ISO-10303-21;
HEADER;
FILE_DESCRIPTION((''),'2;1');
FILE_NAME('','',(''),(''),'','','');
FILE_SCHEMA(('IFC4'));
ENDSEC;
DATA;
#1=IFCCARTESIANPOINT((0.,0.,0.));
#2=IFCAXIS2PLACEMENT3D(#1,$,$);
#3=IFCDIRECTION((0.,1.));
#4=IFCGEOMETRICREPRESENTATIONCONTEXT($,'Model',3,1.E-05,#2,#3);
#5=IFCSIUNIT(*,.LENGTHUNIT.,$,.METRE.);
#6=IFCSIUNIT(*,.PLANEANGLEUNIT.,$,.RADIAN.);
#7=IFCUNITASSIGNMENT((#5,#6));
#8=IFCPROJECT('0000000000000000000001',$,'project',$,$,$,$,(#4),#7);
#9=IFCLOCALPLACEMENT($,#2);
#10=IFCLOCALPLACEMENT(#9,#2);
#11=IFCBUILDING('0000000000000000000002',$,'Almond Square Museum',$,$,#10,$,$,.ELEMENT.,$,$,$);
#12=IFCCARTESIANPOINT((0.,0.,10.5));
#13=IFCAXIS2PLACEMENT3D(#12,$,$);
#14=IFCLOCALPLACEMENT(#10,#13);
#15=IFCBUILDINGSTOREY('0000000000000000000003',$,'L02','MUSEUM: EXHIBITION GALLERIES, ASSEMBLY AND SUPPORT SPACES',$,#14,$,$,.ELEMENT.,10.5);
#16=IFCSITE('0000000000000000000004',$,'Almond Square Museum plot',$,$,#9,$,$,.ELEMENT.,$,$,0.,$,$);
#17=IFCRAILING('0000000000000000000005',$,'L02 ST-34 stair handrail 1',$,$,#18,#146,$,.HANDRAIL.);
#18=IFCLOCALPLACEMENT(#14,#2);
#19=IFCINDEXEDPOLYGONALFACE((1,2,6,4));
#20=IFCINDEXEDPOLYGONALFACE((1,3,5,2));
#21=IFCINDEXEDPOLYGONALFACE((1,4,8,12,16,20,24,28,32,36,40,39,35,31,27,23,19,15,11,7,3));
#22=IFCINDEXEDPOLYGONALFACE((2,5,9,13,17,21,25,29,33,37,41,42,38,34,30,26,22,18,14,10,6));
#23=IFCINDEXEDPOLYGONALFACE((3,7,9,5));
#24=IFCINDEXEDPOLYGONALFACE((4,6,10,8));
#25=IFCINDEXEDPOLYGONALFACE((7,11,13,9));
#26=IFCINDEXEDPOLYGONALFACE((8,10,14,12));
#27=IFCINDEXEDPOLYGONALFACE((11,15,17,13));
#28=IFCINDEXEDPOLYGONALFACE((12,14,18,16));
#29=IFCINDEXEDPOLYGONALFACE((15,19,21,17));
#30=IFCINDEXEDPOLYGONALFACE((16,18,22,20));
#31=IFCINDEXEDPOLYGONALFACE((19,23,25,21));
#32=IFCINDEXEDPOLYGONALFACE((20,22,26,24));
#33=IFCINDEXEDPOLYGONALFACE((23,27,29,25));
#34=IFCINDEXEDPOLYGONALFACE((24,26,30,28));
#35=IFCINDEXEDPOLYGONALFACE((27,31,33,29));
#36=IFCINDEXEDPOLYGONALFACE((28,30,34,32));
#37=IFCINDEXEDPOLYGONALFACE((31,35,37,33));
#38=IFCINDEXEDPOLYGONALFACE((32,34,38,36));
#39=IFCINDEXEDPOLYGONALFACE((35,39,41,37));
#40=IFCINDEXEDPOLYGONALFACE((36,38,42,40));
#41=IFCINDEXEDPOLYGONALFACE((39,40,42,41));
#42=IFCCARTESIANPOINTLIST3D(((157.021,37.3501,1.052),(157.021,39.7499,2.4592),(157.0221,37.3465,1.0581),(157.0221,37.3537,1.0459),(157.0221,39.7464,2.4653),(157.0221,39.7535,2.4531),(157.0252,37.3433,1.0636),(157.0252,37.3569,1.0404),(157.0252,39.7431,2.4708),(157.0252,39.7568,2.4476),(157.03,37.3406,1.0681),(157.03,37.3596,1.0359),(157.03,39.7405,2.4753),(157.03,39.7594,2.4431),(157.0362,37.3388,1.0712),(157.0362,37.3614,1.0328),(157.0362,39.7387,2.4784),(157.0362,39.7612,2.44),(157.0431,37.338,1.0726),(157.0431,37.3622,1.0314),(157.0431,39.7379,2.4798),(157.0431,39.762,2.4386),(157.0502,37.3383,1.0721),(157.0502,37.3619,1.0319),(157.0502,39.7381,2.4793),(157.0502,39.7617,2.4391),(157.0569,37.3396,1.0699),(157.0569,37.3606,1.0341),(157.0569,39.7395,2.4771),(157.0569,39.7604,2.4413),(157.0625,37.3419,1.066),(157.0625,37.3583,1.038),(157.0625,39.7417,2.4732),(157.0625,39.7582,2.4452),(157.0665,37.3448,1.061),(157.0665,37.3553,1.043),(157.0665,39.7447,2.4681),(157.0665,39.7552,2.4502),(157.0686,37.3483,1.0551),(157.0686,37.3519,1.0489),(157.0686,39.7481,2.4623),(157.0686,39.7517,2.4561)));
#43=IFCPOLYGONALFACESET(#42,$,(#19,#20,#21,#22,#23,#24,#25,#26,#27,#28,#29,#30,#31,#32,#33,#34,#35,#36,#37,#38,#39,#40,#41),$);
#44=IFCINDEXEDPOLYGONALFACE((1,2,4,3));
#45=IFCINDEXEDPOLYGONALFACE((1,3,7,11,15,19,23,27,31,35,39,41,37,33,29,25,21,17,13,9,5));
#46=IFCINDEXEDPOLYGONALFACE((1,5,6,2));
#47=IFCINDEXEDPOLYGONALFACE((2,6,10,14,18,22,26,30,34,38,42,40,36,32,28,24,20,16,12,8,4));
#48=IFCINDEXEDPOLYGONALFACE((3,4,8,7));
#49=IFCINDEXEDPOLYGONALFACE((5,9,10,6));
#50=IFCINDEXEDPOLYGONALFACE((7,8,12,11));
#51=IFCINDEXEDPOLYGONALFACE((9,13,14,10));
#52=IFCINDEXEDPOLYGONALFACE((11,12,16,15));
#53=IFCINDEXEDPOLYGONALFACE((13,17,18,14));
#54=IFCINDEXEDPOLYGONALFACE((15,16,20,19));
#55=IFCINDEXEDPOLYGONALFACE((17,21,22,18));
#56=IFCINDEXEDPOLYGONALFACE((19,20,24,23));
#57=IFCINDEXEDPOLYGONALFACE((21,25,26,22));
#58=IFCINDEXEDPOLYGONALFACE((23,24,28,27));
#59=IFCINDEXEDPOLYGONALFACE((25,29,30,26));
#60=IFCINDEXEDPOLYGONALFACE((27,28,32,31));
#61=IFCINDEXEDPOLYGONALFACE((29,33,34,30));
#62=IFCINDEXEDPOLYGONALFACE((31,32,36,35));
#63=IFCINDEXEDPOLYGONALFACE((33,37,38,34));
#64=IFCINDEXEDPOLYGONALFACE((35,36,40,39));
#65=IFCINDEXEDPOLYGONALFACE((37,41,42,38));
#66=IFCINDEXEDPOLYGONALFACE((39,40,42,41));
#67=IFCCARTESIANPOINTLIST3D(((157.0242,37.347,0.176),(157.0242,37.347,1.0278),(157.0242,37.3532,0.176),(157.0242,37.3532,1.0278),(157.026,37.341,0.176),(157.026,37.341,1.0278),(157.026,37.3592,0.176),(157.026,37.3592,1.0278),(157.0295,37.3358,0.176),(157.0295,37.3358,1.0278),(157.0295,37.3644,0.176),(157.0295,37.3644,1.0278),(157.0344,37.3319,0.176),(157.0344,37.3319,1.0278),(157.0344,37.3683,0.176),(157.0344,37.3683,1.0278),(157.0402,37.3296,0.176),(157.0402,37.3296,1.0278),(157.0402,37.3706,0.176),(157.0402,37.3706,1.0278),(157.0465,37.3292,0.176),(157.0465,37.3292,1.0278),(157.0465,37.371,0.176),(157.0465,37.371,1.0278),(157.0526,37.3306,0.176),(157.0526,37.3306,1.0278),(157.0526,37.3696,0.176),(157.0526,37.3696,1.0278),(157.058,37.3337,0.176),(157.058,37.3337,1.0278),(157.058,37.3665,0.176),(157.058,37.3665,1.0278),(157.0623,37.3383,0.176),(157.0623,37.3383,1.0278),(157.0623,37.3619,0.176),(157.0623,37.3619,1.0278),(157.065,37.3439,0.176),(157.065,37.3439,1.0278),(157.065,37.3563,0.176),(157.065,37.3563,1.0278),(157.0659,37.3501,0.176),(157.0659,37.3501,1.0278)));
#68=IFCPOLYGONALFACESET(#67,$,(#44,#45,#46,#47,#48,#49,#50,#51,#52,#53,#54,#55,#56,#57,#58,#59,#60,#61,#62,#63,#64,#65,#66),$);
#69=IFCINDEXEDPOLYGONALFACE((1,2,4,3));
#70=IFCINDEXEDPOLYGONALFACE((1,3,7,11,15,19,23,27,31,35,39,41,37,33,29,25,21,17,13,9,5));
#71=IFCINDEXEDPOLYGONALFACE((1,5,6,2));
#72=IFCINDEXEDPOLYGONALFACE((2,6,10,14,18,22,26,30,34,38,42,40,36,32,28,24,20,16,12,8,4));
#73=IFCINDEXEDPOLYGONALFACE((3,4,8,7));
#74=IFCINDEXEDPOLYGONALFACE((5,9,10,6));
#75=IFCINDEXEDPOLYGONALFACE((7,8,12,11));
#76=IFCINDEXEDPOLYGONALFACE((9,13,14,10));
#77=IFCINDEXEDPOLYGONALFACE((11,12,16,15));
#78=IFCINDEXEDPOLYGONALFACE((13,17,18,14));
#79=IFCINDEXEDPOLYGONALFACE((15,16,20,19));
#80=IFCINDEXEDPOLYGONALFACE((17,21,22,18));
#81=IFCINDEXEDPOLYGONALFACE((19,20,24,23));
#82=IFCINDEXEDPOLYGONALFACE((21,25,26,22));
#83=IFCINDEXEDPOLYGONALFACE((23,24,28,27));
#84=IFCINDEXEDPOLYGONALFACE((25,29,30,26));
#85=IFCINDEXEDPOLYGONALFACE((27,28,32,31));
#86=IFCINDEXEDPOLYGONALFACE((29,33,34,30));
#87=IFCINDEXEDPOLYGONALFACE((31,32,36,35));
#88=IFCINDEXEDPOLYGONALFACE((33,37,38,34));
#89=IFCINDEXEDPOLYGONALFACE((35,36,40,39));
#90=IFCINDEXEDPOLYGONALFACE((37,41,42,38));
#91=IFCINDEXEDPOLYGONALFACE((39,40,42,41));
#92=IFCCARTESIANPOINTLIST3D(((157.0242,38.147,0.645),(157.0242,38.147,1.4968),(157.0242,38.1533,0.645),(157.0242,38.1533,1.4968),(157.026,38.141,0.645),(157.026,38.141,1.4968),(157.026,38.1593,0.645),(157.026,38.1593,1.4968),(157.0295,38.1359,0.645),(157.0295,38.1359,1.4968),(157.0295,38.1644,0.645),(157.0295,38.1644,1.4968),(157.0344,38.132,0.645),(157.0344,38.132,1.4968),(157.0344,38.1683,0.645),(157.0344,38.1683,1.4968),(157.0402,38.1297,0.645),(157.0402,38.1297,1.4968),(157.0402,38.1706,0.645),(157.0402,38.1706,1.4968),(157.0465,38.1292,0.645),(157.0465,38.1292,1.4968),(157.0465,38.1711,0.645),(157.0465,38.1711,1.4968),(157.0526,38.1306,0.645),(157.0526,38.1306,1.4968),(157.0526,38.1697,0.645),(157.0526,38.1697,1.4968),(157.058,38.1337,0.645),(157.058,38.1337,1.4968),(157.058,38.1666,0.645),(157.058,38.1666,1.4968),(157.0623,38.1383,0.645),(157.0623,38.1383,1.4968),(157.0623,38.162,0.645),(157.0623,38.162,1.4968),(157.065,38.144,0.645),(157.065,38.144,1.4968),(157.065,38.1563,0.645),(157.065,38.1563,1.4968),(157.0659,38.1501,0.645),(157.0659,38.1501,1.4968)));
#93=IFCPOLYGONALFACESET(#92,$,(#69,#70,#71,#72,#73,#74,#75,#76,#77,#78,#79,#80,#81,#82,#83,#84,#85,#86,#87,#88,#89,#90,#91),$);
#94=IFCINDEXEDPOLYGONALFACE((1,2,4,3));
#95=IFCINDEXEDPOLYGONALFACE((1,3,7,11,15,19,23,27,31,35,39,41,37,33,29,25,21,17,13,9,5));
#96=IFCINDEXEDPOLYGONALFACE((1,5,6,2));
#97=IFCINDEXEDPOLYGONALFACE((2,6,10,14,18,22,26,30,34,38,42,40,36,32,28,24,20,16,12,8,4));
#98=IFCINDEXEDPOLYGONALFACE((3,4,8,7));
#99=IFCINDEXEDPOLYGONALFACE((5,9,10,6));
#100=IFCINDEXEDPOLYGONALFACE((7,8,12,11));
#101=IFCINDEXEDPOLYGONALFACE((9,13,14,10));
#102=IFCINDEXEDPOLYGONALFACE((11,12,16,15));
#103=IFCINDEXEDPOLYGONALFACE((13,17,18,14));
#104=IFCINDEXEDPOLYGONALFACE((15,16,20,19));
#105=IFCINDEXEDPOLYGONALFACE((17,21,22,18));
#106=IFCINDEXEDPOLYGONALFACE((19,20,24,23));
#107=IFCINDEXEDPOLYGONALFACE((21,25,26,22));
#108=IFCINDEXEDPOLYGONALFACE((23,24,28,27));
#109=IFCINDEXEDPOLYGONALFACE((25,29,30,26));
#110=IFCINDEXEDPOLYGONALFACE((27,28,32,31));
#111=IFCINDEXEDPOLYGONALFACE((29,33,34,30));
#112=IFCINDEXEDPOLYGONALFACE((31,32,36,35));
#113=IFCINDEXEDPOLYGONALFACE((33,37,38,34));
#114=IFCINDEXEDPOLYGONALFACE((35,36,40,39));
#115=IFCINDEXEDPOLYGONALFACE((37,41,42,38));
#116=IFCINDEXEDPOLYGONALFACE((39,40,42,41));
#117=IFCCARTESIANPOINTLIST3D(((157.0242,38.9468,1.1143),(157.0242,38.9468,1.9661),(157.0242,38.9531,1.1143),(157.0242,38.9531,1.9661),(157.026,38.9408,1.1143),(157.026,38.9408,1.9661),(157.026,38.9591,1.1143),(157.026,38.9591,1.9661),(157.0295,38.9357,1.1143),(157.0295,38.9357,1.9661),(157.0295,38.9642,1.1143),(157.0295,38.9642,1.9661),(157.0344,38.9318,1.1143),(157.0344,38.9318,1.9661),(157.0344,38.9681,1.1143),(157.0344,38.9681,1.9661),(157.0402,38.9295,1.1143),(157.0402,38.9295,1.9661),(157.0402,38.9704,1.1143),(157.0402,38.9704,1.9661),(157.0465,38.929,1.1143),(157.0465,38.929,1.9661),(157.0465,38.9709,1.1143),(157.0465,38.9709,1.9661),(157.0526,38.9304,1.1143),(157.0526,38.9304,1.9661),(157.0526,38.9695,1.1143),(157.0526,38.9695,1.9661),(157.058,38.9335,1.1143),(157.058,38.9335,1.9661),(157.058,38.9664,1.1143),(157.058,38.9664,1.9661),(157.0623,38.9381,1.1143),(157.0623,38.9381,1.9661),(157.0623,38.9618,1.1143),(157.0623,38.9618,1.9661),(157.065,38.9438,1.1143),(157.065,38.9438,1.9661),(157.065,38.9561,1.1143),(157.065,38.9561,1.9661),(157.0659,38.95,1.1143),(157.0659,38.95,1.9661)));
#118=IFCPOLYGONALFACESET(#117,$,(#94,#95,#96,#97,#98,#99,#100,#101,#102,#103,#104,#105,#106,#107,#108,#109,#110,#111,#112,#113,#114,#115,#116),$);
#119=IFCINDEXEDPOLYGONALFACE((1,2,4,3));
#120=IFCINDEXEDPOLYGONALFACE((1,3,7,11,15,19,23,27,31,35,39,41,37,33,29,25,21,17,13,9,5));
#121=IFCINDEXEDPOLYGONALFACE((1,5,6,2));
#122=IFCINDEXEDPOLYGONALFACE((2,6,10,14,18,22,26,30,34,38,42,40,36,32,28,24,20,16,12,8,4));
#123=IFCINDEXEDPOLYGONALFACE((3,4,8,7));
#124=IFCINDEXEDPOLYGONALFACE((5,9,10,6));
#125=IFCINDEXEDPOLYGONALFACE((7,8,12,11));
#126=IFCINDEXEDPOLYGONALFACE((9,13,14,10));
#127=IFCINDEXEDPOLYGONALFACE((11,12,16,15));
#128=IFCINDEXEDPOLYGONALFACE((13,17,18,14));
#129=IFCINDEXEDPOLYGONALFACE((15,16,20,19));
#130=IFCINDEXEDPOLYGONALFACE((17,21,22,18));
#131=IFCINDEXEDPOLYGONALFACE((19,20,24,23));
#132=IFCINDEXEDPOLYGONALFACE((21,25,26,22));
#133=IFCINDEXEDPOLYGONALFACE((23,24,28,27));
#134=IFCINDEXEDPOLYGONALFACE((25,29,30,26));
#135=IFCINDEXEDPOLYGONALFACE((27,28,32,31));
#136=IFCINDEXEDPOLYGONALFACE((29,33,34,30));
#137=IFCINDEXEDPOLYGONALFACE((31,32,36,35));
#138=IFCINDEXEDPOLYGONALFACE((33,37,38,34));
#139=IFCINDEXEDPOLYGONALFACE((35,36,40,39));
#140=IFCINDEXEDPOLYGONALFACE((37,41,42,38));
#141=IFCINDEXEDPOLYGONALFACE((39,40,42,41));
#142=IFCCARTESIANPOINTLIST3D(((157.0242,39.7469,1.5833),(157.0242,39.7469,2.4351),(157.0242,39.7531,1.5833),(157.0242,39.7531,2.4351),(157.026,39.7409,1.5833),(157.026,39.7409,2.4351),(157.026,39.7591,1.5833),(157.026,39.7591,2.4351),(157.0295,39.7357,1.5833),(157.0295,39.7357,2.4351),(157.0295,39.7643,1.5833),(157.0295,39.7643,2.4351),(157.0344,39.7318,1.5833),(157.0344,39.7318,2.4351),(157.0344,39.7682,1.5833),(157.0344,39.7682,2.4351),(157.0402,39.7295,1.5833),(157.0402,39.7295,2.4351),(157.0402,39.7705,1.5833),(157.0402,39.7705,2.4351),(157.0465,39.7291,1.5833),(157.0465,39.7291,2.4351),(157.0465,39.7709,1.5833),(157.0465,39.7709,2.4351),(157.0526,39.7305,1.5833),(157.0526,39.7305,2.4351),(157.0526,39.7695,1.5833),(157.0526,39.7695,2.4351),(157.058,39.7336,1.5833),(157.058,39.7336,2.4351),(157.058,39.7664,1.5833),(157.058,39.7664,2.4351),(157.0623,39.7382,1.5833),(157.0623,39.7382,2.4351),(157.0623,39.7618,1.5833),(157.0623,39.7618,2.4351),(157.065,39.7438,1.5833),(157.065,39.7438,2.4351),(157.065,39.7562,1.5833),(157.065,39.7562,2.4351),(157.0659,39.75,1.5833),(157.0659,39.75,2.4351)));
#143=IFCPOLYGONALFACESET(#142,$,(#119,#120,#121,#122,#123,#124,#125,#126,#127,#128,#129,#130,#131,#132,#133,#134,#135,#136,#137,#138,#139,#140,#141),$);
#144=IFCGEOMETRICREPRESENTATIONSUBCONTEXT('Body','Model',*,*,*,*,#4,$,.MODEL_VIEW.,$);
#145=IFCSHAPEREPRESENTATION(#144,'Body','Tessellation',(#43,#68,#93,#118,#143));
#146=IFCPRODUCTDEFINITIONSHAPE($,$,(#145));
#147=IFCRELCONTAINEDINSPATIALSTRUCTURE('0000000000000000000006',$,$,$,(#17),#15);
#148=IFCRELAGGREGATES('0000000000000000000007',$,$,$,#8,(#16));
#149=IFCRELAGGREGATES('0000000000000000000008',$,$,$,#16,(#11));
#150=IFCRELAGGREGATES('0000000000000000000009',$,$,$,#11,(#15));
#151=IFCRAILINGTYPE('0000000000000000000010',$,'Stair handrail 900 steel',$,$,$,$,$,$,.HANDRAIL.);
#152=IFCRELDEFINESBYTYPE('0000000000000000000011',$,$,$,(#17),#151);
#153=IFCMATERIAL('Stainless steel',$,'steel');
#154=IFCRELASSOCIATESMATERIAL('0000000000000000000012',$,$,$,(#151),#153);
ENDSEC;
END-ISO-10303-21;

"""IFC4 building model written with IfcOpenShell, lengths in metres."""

from ifc_helpers import new_model, si_unit, direction, frame, origin, origin_2d, place, context, subcontext, project, spatial, circle, extrude, material, type_object, element, save


model = new_model("IFC4")

# Units and contexts
model_context = context("Model", 3, precision=1e-05, world=origin(), true_north=direction((0.0, 1.0)))
body_context = subcontext(model_context, "Body", "Model", "MODEL_VIEW")
ifc_project = project(units=[si_unit("LENGTHUNIT", "METRE"), si_unit("PLANEANGLEUNIT", "RADIAN")], contexts=[model_context])

# Site, building, storey
site_placement = place(None, origin())
site = spatial("IfcSite", under=ifc_project, at=site_placement, Name="Almond Square Museum plot", CompositionType="ELEMENT", RefElevation=0.0)
building_placement = place(site_placement, origin())
building = spatial("IfcBuilding", under=site, at=building_placement, Name="Almond Square Museum", CompositionType="ELEMENT")
storey_placement = place(building_placement, frame((0.0, 0.0, 10.5)))
storey = spatial("IfcBuildingStorey", under=building, at=storey_placement, Name="L02", Description="MUSEUM: EXHIBITION GALLERIES, ASSEMBLY AND SUPPORT SPACES", CompositionType="ELEMENT", Elevation=10.5)

# Railing
ifc_material_1 = material(Name="Stainless steel", Category="steel")
railing_type_1 = type_object("IfcRailingType", Name="Stair handrail 900 steel", PredefinedType="HANDRAIL", material=ifc_material_1)
railing_1_placement = place(storey_placement, frame((157.0449, 37.3501, 0.176)))
element("IfcRailing", 1, at=railing_1_placement, inside=storey, type_object=railing_type_1, Name="L02 ST-34 stair handrail 1", PredefinedType="HANDRAIL", context=body_context, shape_type="SweptSolid", body=[
    extrude(circle(Radius=0.0239, at=origin_2d()), frame((0.0, 0.0, 0.876), z_axis=(0.0, 0.862637, 0.505823), x_axis=(-1.0, 0.0, 0.0)), (0.0, 0.0, 1.0), 2.782),
    extrude(circle(Radius=0.021, at=origin_2d()), origin(), (0.0, 0.0, 1.0), 0.8518),
    extrude(circle(Radius=0.021, at=origin_2d()), frame((0.0, 0.8, 0.469)), (0.0, 0.0, 1.0), 0.8518),
    extrude(circle(Radius=0.021, at=origin_2d()), frame((0.0, 1.5999, 0.9382)), (0.0, 0.0, 1.0), 0.8518),
    extrude(circle(Radius=0.021, at=origin_2d()), frame((0.0, 2.3999, 1.4072)), (0.0, 0.0, 1.0), 0.8518),
])

save(model, "model.ifc")
